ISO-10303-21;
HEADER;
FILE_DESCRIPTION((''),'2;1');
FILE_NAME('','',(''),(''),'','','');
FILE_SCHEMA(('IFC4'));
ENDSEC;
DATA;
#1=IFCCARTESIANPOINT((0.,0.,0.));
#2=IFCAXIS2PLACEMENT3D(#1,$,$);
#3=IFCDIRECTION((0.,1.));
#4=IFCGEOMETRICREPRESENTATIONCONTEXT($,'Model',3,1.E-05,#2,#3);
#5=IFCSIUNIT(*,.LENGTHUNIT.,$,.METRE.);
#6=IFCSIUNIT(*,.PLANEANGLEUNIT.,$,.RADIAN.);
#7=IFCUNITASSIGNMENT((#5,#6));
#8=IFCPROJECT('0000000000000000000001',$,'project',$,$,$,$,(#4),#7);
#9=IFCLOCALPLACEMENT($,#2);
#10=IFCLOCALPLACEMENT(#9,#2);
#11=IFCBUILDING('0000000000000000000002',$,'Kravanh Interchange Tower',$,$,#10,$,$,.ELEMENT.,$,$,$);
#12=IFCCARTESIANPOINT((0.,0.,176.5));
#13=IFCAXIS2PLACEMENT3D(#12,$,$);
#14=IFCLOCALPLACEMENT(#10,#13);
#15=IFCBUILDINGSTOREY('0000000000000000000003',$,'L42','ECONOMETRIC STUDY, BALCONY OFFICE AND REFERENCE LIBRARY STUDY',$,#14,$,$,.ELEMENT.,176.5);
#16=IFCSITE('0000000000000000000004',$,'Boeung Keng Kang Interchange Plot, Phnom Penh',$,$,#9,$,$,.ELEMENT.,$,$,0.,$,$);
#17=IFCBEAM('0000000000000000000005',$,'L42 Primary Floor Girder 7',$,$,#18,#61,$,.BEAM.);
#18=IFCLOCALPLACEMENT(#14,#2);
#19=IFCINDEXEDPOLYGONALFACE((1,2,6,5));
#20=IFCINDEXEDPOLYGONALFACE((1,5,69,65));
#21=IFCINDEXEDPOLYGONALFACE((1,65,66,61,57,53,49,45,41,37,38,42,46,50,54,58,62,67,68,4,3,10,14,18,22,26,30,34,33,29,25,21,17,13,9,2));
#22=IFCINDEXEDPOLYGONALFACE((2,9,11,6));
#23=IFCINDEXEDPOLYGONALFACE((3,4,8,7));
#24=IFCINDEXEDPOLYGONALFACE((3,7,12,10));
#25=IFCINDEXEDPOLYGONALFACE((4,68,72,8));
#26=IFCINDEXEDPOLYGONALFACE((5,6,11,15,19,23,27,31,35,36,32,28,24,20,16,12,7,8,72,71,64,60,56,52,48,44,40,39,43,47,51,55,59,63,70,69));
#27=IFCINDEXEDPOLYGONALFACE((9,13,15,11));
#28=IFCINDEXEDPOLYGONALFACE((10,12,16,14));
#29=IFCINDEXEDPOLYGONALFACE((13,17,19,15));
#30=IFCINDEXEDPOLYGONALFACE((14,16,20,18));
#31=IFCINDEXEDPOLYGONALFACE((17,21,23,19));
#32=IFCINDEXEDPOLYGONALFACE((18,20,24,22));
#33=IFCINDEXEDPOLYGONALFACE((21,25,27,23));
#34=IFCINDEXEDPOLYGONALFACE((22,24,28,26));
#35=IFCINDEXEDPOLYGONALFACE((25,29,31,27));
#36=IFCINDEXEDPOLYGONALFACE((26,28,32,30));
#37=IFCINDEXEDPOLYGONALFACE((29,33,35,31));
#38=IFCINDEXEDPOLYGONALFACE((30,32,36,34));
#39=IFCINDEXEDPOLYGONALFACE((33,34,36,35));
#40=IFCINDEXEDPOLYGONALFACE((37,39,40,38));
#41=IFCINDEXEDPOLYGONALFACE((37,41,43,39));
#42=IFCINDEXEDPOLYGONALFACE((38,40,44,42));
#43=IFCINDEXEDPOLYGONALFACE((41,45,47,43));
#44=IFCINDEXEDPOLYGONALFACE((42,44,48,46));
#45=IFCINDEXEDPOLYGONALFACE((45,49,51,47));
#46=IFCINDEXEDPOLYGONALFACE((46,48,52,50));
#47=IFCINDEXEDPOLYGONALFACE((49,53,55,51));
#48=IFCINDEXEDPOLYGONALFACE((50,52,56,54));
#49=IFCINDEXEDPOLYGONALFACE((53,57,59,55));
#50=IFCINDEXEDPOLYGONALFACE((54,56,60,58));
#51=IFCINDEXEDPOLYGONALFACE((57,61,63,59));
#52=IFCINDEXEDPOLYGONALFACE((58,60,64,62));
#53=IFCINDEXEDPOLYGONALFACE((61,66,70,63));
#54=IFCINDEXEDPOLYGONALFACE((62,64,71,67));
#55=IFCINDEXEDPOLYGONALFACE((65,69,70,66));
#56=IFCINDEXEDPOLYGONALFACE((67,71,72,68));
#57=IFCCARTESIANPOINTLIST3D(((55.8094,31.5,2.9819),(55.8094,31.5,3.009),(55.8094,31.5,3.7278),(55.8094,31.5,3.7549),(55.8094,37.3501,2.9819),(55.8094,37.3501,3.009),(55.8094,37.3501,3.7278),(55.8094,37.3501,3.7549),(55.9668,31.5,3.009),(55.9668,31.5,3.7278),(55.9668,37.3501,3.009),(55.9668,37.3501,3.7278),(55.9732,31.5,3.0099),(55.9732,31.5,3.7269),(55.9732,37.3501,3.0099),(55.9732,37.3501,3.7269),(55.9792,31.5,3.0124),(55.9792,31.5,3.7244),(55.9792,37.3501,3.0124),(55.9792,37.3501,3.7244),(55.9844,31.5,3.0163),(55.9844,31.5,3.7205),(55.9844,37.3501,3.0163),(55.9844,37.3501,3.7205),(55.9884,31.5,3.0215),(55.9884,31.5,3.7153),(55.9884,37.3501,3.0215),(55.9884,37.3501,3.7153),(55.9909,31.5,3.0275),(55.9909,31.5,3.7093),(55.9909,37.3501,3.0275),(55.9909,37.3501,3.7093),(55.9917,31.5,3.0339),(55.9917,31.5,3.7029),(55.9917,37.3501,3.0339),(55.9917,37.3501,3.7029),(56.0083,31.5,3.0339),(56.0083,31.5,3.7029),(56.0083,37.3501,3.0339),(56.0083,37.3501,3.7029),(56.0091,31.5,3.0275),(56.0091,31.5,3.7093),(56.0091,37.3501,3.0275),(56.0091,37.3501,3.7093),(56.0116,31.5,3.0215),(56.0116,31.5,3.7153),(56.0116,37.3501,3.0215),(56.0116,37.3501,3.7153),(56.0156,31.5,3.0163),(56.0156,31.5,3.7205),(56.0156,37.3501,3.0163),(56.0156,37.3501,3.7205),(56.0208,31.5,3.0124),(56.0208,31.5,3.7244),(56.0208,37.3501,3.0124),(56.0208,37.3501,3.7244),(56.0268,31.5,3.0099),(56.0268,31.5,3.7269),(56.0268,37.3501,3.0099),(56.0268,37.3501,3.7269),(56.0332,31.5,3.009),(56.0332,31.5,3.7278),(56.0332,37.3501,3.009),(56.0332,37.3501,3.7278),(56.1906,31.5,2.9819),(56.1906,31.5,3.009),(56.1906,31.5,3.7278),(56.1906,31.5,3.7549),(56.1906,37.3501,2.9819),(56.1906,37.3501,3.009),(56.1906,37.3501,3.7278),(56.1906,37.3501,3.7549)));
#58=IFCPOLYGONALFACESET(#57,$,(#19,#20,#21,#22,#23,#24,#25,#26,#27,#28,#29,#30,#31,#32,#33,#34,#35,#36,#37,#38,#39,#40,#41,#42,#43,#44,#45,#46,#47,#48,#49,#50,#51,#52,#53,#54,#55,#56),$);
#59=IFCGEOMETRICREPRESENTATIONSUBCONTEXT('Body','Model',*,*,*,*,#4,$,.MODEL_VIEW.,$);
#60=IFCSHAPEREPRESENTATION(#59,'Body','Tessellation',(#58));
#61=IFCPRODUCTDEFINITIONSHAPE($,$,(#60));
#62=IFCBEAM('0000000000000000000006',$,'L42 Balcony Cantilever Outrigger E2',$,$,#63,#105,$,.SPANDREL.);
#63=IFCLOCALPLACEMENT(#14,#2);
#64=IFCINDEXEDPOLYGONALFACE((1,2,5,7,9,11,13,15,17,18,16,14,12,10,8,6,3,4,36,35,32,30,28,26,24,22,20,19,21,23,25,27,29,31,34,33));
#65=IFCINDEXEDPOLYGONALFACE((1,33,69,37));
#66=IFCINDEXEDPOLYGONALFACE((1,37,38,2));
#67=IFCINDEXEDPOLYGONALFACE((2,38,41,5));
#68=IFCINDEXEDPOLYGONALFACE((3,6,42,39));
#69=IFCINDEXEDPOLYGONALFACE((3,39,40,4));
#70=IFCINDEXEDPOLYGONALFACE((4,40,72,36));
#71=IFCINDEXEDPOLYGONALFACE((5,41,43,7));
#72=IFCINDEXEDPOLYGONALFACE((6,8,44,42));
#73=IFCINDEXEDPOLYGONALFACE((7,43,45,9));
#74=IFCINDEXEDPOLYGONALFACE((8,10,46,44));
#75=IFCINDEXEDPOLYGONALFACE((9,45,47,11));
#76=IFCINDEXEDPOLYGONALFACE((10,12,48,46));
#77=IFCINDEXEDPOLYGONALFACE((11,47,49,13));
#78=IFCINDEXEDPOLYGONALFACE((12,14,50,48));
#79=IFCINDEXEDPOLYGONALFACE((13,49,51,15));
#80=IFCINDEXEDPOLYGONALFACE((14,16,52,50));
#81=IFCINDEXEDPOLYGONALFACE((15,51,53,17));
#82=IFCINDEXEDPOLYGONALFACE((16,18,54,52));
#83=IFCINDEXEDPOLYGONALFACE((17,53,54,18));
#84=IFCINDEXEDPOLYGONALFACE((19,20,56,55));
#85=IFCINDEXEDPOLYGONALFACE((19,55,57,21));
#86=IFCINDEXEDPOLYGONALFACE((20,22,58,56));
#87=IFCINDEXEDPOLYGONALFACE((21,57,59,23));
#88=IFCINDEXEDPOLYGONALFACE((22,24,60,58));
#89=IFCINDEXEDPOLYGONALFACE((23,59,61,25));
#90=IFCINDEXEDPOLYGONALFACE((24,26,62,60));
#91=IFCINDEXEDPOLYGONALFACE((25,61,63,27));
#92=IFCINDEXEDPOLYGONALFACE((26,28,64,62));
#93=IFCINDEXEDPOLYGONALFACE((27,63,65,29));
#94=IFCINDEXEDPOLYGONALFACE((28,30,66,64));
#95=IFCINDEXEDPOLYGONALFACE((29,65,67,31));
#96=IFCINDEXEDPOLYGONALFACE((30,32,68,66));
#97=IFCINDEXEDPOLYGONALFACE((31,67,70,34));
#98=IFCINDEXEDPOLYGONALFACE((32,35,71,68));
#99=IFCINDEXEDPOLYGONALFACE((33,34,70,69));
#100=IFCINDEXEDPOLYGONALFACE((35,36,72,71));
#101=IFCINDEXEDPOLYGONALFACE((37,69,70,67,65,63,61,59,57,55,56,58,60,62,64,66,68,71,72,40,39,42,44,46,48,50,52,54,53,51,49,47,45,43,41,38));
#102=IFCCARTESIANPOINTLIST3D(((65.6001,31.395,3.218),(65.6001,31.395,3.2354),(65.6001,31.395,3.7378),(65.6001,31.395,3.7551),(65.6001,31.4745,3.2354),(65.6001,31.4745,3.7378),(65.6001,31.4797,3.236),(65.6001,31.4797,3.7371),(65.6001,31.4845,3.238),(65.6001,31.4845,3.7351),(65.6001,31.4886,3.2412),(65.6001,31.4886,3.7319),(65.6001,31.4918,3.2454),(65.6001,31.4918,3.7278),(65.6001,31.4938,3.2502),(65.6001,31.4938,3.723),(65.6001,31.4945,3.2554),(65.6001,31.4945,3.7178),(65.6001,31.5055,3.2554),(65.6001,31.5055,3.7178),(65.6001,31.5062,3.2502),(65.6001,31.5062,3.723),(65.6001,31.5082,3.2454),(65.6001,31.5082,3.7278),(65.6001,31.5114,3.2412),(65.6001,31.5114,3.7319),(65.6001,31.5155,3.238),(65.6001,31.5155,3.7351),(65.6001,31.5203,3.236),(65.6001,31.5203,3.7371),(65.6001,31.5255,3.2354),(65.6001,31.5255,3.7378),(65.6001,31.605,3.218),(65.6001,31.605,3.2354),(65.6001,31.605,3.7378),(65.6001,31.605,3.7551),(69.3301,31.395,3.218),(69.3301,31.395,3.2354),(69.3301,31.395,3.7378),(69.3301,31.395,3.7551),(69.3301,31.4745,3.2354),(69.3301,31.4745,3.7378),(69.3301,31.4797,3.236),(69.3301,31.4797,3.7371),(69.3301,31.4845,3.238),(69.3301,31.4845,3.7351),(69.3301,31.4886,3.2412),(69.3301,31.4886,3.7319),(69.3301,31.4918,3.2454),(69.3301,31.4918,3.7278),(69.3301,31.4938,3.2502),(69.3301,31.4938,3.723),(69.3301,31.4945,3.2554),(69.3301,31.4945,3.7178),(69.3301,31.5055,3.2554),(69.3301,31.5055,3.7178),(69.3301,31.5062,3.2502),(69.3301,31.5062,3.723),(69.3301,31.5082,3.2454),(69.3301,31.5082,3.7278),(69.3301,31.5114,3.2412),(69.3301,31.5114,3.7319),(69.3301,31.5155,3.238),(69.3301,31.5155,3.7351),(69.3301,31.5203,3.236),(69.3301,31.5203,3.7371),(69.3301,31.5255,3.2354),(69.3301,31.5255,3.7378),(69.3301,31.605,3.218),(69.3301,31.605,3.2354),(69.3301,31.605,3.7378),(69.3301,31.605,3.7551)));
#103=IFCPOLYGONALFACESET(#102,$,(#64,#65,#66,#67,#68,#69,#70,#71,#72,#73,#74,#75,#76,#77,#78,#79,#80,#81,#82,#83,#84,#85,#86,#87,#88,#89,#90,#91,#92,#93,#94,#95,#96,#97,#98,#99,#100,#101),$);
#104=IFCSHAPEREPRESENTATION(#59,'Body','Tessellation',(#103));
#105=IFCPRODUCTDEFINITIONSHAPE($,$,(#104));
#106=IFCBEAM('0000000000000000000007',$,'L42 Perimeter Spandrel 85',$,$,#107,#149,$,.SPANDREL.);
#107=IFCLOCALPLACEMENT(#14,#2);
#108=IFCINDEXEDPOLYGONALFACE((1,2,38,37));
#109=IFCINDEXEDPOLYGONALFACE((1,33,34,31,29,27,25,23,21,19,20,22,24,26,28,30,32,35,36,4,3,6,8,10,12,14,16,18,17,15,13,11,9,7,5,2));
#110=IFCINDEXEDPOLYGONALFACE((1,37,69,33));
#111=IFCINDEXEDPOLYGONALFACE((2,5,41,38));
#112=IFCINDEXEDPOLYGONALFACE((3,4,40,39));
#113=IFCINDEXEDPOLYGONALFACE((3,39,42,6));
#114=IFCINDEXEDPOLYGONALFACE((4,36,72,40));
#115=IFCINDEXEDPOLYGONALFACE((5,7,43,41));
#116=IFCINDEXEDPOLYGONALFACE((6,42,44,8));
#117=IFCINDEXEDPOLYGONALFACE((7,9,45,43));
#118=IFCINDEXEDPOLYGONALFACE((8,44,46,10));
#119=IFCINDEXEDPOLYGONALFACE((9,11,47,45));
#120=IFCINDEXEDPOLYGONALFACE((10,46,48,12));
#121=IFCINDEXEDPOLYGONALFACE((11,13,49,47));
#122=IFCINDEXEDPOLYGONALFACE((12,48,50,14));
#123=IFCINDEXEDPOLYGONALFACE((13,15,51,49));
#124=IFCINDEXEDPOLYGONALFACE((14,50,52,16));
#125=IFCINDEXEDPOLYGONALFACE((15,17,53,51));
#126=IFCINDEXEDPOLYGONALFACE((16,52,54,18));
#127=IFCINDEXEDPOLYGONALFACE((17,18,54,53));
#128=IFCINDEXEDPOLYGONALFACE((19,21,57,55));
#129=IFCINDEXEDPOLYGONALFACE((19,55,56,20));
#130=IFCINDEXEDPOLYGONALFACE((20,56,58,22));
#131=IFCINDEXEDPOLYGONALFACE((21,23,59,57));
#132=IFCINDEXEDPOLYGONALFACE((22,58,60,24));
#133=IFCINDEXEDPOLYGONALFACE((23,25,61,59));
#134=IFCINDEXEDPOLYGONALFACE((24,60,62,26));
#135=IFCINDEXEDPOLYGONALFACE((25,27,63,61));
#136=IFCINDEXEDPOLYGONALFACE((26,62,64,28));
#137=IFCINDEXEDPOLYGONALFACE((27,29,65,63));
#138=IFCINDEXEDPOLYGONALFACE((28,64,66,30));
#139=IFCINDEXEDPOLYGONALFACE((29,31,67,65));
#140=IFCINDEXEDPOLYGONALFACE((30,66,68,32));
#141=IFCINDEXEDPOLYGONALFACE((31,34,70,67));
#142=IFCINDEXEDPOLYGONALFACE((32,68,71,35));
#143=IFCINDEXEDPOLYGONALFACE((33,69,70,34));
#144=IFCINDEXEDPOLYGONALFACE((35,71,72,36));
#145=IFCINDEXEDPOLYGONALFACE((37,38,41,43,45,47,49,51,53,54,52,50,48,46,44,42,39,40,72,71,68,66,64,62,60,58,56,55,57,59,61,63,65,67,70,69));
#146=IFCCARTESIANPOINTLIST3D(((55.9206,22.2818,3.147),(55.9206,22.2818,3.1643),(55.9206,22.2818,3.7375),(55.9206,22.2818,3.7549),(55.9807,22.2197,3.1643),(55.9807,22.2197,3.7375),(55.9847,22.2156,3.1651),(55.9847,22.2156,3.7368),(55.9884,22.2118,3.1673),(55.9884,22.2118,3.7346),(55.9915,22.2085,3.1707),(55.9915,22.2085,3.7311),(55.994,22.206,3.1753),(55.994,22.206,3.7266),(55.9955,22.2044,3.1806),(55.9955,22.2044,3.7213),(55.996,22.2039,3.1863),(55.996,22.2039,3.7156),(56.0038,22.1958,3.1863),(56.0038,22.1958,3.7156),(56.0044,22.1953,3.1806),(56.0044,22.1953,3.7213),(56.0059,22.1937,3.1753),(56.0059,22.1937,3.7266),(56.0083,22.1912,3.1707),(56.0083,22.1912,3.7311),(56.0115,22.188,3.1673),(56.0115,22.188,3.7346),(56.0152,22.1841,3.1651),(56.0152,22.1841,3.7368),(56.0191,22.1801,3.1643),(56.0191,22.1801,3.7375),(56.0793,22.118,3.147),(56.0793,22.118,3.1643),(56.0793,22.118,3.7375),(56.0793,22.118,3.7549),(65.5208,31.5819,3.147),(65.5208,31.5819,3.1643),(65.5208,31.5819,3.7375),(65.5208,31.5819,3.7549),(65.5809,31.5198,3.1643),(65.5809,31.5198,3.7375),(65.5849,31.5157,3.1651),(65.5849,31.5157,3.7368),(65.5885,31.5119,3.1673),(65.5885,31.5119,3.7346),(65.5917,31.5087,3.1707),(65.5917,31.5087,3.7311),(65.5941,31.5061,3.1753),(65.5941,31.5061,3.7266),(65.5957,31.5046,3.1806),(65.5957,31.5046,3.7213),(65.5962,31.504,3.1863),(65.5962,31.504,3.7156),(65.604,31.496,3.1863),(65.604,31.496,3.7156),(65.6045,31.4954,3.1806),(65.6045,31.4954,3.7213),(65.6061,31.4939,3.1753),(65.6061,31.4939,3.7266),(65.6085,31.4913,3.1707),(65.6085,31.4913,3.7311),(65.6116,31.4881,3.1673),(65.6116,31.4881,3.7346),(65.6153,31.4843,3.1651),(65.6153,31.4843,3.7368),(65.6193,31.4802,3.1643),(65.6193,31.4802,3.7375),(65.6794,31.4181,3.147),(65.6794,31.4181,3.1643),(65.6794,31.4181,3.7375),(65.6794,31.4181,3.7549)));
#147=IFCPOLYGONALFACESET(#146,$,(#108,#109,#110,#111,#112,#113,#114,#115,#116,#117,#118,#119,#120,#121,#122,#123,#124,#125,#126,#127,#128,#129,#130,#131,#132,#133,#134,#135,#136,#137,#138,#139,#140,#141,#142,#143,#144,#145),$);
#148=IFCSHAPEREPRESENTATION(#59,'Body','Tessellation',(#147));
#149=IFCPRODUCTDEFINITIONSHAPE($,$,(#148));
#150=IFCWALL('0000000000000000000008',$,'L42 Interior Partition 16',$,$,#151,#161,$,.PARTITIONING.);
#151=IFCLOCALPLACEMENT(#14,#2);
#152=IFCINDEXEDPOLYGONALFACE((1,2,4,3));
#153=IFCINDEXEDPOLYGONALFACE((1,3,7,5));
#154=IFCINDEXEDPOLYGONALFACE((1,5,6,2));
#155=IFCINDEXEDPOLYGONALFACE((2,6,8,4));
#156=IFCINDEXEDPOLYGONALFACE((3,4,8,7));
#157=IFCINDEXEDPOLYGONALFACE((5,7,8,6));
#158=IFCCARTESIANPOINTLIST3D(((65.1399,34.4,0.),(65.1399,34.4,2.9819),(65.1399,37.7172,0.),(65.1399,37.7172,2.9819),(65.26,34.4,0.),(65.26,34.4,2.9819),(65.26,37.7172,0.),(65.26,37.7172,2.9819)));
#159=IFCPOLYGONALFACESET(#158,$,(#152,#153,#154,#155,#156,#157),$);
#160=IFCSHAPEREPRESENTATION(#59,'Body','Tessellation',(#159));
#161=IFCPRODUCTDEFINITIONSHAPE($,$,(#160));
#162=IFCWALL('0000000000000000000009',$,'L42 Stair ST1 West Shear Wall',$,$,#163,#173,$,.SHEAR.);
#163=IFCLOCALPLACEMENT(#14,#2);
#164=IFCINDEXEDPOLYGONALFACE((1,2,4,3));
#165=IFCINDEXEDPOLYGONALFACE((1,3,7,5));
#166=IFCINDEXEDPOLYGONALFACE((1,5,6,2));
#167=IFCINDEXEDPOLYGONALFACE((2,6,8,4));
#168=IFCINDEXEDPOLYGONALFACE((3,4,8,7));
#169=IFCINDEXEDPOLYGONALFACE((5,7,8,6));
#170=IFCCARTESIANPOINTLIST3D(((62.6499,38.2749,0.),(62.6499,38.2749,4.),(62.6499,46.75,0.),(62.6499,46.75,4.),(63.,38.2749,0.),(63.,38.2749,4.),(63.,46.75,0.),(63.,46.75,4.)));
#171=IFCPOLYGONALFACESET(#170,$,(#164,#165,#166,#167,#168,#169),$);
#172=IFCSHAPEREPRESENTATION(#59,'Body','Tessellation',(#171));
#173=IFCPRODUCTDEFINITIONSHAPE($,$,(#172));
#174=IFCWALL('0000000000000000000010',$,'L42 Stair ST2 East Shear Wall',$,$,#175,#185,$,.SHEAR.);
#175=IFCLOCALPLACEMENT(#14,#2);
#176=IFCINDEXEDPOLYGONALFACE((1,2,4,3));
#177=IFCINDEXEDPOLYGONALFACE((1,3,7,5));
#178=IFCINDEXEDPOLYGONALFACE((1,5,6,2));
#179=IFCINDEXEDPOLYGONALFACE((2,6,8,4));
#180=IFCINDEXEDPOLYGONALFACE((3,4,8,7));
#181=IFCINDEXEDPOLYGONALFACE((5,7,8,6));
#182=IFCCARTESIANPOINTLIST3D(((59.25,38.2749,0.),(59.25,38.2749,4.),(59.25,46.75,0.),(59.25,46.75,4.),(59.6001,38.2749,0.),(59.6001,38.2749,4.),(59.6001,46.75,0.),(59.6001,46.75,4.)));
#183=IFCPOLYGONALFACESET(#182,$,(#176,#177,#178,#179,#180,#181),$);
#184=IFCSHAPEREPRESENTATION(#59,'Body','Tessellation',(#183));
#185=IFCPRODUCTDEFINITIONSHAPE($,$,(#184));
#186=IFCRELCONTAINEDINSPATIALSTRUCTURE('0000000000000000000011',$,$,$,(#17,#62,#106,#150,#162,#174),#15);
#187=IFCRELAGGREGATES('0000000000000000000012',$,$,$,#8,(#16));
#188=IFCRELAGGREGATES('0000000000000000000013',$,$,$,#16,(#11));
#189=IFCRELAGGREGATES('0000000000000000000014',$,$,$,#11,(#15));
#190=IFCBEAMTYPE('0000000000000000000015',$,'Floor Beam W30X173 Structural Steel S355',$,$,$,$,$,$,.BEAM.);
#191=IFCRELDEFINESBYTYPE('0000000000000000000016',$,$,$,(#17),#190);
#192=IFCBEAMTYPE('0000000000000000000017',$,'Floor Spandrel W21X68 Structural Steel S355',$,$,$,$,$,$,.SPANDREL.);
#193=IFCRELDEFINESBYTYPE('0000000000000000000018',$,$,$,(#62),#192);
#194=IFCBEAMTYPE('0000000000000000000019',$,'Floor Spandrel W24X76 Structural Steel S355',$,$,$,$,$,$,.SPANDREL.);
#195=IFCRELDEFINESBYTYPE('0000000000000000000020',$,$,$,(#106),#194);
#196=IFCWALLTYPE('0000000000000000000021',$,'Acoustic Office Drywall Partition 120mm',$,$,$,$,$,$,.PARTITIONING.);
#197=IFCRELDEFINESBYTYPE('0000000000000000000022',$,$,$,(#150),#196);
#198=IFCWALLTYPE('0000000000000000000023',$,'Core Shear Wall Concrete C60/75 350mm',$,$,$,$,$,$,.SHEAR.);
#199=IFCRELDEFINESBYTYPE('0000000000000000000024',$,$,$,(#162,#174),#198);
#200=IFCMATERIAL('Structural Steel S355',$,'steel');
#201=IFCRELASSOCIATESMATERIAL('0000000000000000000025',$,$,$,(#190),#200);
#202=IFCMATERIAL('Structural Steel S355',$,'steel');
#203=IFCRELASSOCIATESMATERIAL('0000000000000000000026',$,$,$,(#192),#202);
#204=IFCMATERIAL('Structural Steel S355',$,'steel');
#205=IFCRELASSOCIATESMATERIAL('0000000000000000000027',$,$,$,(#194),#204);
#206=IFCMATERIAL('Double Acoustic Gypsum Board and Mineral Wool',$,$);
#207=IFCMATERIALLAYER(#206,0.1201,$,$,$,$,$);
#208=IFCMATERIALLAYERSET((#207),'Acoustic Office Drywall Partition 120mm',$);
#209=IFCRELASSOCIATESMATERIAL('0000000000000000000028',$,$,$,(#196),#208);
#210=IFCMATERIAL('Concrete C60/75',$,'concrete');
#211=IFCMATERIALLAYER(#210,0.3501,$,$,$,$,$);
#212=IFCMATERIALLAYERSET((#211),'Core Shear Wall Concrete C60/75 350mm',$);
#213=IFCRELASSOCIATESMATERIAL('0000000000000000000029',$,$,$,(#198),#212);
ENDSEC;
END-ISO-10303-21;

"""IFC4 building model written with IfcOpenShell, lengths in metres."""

from ifc_helpers import new_model, si_unit, direction, frame, frame_2d, origin, origin_2d, place, context, subcontext, project, spatial, rectangle, i_section, extrude, material, layer, layer_set, material_profile, profile_set, type_object, element, save


model = new_model("IFC4")

# Units and contexts
model_context = context("Model", 3, precision=1e-05, world=origin(), true_north=direction((0.0, 1.0)))
body_context = subcontext(model_context, "Body", "Model", "MODEL_VIEW")
ifc_project = project(units=[si_unit("LENGTHUNIT", "METRE"), si_unit("PLANEANGLEUNIT", "RADIAN")], contexts=[model_context])

# Site, building, storey
site_placement = place(None, origin())
site = spatial("IfcSite", under=ifc_project, at=site_placement, Name="Boeung Keng Kang Interchange Plot, Phnom Penh", CompositionType="ELEMENT", RefElevation=0.0)
building_placement = place(site_placement, origin())
building = spatial("IfcBuilding", under=site, at=building_placement, Name="Kravanh Interchange Tower", CompositionType="ELEMENT")
storey_placement = place(building_placement, frame((0.0, 0.0, 176.5)))
storey = spatial("IfcBuildingStorey", under=building, at=storey_placement, Name="L42", Description="ECONOMETRIC STUDY, BALCONY OFFICE AND REFERENCE LIBRARY STUDY", CompositionType="ELEMENT", Elevation=176.5)

# Beams
ifc_material_1 = material(Name="Structural Steel S355", Category="steel")
ifc_material_profile_1 = material_profile(ifc_material_1, i_section(OverallWidth=0.3811, OverallDepth=0.7729, WebThickness=0.0166, FlangeThickness=0.0271, FilletRadius=0.0249, at=origin_2d()), Name="W30X173")
ifc_profile_set_1 = profile_set([ifc_material_profile_1], Name="Structural Steel S355")
beam_type_1 = type_object("IfcBeamType", Name="Floor Beam W30X173 Structural Steel S355", PredefinedType="BEAM", material=ifc_profile_set_1)
beam_1_placement = place(storey_placement, frame((56.0, 37.3501, 3.3684), z_axis=(0.0, -1.0, 0.0), x_axis=(1.0, 0.0, 0.0)))
element("IfcBeam", 1, at=beam_1_placement, inside=storey, type_object=beam_type_1, Name="L42 Primary Floor Girder 7", PredefinedType="BEAM", context=body_context, shape_type="SweptSolid", body=[
    extrude(i_section(OverallWidth=0.3811, OverallDepth=0.7729, WebThickness=0.0166, FlangeThickness=0.0271, FilletRadius=0.0249, at=origin_2d()), origin(), (0.0, 0.0, 1.0), 5.8501),
])
ifc_material_2 = material(Name="Structural Steel S355", Category="steel")
ifc_material_profile_2 = material_profile(ifc_material_2, i_section(OverallWidth=0.21, OverallDepth=0.5371, WebThickness=0.011, FlangeThickness=0.0173, FilletRadius=0.02, at=origin_2d()), Name="W21X68")
ifc_profile_set_2 = profile_set([ifc_material_profile_2], Name="Structural Steel S355")
beam_type_2 = type_object("IfcBeamType", Name="Floor Spandrel W21X68 Structural Steel S355", PredefinedType="SPANDREL", material=ifc_profile_set_2)
beam_2_placement = place(storey_placement, frame((65.6001, 31.5, 3.4866), z_axis=(1.0, 0.0, 0.0), x_axis=(0.0, 1.0, 0.0)))
element("IfcBeam", 2, at=beam_2_placement, inside=storey, type_object=beam_type_2, Name="L42 Balcony Cantilever Outrigger E2", PredefinedType="SPANDREL", context=body_context, shape_type="SweptSolid", body=[
    extrude(i_section(OverallWidth=0.21, OverallDepth=0.5371, WebThickness=0.011, FlangeThickness=0.0173, FilletRadius=0.02, at=origin_2d()), origin(), (0.0, 0.0, 1.0), 3.73),
])
ifc_material_3 = material(Name="Structural Steel S355", Category="steel")
ifc_material_profile_3 = material_profile(ifc_material_3, i_section(OverallWidth=0.228, OverallDepth=0.6079, WebThickness=0.0112, FlangeThickness=0.0173, FilletRadius=0.022, at=origin_2d()), Name="W24X76")
ifc_profile_set_3 = profile_set([ifc_material_profile_3], Name="Structural Steel S355")
beam_type_3 = type_object("IfcBeamType", Name="Floor Spandrel W24X76 Structural Steel S355", PredefinedType="SPANDREL", material=ifc_profile_set_3)
beam_3_placement = place(storey_placement, frame((65.6001, 31.5, 3.4509), z_axis=(-0.718242, -0.695793, 0.0), x_axis=(0.695793, -0.718242, 0.0)))
element("IfcBeam", 3, at=beam_3_placement, inside=storey, type_object=beam_type_3, Name="L42 Perimeter Spandrel 85", PredefinedType="SPANDREL", context=body_context, shape_type="SweptSolid", body=[
    extrude(i_section(OverallWidth=0.228, OverallDepth=0.6079, WebThickness=0.0112, FlangeThickness=0.0173, FilletRadius=0.022, at=origin_2d()), origin(), (0.0, 0.0, 1.0), 13.3662),
])

# Walls
ifc_material_4 = material(Name="Double Acoustic Gypsum Board and Mineral Wool")
ifc_layer_1 = layer(ifc_material_4, 0.1201)
ifc_layer_set_1 = layer_set([ifc_layer_1], Name="Acoustic Office Drywall Partition 120mm")
wall_type_1 = type_object("IfcWallType", Name="Acoustic Office Drywall Partition 120mm", PredefinedType="PARTITIONING", material=ifc_layer_set_1)
wall_1_placement = place(storey_placement, frame((65.2, 34.3999, 0.0), z_axis=(0.0, 0.0, 1.0), x_axis=(0.0, 1.0, 0.0)))
element("IfcWall", 4, at=wall_1_placement, inside=storey, type_object=wall_type_1, Name="L42 Interior Partition 16", PredefinedType="PARTITIONING", context=body_context, shape_type="SweptSolid", body=[
    extrude(rectangle(XDim=3.3171, YDim=0.1201, at=frame_2d((1.6587, 0.0))), origin(), (0.0, 0.0, 1.0), 2.9819),
])
ifc_material_5 = material(Name="Concrete C60/75", Category="concrete")
ifc_layer_2 = layer(ifc_material_5, 0.3501)
ifc_layer_set_2 = layer_set([ifc_layer_2], Name="Core Shear Wall Concrete C60/75 350mm")
wall_type_2 = type_object("IfcWallType", Name="Core Shear Wall Concrete C60/75 350mm", PredefinedType="SHEAR", material=ifc_layer_set_2)
for number, where, z_axis, x_axis, name in (
    (5, (62.825, 38.2749, 0.0), (0.0, 0.0, 1.0), (0.0, 1.0, 0.0), "L42 Stair ST1 West Shear Wall"),
    (6, (59.425, 38.2749, 0.0), (0.0, 0.0, 1.0), (0.0, 1.0, 0.0), "L42 Stair ST2 East Shear Wall"),
):
    element("IfcWall", number, at=place(storey_placement, frame(where, z_axis=z_axis, x_axis=x_axis)), inside=storey, type_object=wall_type_2, Name=name, PredefinedType="SHEAR", context=body_context, shape_type="SweptSolid", body=[
        extrude(rectangle(XDim=8.4751, YDim=0.3501, at=frame_2d((4.2375, 0.0))), origin(), (0.0, 0.0, 1.0), 4.0),
    ])

save(model, "model.ifc")
